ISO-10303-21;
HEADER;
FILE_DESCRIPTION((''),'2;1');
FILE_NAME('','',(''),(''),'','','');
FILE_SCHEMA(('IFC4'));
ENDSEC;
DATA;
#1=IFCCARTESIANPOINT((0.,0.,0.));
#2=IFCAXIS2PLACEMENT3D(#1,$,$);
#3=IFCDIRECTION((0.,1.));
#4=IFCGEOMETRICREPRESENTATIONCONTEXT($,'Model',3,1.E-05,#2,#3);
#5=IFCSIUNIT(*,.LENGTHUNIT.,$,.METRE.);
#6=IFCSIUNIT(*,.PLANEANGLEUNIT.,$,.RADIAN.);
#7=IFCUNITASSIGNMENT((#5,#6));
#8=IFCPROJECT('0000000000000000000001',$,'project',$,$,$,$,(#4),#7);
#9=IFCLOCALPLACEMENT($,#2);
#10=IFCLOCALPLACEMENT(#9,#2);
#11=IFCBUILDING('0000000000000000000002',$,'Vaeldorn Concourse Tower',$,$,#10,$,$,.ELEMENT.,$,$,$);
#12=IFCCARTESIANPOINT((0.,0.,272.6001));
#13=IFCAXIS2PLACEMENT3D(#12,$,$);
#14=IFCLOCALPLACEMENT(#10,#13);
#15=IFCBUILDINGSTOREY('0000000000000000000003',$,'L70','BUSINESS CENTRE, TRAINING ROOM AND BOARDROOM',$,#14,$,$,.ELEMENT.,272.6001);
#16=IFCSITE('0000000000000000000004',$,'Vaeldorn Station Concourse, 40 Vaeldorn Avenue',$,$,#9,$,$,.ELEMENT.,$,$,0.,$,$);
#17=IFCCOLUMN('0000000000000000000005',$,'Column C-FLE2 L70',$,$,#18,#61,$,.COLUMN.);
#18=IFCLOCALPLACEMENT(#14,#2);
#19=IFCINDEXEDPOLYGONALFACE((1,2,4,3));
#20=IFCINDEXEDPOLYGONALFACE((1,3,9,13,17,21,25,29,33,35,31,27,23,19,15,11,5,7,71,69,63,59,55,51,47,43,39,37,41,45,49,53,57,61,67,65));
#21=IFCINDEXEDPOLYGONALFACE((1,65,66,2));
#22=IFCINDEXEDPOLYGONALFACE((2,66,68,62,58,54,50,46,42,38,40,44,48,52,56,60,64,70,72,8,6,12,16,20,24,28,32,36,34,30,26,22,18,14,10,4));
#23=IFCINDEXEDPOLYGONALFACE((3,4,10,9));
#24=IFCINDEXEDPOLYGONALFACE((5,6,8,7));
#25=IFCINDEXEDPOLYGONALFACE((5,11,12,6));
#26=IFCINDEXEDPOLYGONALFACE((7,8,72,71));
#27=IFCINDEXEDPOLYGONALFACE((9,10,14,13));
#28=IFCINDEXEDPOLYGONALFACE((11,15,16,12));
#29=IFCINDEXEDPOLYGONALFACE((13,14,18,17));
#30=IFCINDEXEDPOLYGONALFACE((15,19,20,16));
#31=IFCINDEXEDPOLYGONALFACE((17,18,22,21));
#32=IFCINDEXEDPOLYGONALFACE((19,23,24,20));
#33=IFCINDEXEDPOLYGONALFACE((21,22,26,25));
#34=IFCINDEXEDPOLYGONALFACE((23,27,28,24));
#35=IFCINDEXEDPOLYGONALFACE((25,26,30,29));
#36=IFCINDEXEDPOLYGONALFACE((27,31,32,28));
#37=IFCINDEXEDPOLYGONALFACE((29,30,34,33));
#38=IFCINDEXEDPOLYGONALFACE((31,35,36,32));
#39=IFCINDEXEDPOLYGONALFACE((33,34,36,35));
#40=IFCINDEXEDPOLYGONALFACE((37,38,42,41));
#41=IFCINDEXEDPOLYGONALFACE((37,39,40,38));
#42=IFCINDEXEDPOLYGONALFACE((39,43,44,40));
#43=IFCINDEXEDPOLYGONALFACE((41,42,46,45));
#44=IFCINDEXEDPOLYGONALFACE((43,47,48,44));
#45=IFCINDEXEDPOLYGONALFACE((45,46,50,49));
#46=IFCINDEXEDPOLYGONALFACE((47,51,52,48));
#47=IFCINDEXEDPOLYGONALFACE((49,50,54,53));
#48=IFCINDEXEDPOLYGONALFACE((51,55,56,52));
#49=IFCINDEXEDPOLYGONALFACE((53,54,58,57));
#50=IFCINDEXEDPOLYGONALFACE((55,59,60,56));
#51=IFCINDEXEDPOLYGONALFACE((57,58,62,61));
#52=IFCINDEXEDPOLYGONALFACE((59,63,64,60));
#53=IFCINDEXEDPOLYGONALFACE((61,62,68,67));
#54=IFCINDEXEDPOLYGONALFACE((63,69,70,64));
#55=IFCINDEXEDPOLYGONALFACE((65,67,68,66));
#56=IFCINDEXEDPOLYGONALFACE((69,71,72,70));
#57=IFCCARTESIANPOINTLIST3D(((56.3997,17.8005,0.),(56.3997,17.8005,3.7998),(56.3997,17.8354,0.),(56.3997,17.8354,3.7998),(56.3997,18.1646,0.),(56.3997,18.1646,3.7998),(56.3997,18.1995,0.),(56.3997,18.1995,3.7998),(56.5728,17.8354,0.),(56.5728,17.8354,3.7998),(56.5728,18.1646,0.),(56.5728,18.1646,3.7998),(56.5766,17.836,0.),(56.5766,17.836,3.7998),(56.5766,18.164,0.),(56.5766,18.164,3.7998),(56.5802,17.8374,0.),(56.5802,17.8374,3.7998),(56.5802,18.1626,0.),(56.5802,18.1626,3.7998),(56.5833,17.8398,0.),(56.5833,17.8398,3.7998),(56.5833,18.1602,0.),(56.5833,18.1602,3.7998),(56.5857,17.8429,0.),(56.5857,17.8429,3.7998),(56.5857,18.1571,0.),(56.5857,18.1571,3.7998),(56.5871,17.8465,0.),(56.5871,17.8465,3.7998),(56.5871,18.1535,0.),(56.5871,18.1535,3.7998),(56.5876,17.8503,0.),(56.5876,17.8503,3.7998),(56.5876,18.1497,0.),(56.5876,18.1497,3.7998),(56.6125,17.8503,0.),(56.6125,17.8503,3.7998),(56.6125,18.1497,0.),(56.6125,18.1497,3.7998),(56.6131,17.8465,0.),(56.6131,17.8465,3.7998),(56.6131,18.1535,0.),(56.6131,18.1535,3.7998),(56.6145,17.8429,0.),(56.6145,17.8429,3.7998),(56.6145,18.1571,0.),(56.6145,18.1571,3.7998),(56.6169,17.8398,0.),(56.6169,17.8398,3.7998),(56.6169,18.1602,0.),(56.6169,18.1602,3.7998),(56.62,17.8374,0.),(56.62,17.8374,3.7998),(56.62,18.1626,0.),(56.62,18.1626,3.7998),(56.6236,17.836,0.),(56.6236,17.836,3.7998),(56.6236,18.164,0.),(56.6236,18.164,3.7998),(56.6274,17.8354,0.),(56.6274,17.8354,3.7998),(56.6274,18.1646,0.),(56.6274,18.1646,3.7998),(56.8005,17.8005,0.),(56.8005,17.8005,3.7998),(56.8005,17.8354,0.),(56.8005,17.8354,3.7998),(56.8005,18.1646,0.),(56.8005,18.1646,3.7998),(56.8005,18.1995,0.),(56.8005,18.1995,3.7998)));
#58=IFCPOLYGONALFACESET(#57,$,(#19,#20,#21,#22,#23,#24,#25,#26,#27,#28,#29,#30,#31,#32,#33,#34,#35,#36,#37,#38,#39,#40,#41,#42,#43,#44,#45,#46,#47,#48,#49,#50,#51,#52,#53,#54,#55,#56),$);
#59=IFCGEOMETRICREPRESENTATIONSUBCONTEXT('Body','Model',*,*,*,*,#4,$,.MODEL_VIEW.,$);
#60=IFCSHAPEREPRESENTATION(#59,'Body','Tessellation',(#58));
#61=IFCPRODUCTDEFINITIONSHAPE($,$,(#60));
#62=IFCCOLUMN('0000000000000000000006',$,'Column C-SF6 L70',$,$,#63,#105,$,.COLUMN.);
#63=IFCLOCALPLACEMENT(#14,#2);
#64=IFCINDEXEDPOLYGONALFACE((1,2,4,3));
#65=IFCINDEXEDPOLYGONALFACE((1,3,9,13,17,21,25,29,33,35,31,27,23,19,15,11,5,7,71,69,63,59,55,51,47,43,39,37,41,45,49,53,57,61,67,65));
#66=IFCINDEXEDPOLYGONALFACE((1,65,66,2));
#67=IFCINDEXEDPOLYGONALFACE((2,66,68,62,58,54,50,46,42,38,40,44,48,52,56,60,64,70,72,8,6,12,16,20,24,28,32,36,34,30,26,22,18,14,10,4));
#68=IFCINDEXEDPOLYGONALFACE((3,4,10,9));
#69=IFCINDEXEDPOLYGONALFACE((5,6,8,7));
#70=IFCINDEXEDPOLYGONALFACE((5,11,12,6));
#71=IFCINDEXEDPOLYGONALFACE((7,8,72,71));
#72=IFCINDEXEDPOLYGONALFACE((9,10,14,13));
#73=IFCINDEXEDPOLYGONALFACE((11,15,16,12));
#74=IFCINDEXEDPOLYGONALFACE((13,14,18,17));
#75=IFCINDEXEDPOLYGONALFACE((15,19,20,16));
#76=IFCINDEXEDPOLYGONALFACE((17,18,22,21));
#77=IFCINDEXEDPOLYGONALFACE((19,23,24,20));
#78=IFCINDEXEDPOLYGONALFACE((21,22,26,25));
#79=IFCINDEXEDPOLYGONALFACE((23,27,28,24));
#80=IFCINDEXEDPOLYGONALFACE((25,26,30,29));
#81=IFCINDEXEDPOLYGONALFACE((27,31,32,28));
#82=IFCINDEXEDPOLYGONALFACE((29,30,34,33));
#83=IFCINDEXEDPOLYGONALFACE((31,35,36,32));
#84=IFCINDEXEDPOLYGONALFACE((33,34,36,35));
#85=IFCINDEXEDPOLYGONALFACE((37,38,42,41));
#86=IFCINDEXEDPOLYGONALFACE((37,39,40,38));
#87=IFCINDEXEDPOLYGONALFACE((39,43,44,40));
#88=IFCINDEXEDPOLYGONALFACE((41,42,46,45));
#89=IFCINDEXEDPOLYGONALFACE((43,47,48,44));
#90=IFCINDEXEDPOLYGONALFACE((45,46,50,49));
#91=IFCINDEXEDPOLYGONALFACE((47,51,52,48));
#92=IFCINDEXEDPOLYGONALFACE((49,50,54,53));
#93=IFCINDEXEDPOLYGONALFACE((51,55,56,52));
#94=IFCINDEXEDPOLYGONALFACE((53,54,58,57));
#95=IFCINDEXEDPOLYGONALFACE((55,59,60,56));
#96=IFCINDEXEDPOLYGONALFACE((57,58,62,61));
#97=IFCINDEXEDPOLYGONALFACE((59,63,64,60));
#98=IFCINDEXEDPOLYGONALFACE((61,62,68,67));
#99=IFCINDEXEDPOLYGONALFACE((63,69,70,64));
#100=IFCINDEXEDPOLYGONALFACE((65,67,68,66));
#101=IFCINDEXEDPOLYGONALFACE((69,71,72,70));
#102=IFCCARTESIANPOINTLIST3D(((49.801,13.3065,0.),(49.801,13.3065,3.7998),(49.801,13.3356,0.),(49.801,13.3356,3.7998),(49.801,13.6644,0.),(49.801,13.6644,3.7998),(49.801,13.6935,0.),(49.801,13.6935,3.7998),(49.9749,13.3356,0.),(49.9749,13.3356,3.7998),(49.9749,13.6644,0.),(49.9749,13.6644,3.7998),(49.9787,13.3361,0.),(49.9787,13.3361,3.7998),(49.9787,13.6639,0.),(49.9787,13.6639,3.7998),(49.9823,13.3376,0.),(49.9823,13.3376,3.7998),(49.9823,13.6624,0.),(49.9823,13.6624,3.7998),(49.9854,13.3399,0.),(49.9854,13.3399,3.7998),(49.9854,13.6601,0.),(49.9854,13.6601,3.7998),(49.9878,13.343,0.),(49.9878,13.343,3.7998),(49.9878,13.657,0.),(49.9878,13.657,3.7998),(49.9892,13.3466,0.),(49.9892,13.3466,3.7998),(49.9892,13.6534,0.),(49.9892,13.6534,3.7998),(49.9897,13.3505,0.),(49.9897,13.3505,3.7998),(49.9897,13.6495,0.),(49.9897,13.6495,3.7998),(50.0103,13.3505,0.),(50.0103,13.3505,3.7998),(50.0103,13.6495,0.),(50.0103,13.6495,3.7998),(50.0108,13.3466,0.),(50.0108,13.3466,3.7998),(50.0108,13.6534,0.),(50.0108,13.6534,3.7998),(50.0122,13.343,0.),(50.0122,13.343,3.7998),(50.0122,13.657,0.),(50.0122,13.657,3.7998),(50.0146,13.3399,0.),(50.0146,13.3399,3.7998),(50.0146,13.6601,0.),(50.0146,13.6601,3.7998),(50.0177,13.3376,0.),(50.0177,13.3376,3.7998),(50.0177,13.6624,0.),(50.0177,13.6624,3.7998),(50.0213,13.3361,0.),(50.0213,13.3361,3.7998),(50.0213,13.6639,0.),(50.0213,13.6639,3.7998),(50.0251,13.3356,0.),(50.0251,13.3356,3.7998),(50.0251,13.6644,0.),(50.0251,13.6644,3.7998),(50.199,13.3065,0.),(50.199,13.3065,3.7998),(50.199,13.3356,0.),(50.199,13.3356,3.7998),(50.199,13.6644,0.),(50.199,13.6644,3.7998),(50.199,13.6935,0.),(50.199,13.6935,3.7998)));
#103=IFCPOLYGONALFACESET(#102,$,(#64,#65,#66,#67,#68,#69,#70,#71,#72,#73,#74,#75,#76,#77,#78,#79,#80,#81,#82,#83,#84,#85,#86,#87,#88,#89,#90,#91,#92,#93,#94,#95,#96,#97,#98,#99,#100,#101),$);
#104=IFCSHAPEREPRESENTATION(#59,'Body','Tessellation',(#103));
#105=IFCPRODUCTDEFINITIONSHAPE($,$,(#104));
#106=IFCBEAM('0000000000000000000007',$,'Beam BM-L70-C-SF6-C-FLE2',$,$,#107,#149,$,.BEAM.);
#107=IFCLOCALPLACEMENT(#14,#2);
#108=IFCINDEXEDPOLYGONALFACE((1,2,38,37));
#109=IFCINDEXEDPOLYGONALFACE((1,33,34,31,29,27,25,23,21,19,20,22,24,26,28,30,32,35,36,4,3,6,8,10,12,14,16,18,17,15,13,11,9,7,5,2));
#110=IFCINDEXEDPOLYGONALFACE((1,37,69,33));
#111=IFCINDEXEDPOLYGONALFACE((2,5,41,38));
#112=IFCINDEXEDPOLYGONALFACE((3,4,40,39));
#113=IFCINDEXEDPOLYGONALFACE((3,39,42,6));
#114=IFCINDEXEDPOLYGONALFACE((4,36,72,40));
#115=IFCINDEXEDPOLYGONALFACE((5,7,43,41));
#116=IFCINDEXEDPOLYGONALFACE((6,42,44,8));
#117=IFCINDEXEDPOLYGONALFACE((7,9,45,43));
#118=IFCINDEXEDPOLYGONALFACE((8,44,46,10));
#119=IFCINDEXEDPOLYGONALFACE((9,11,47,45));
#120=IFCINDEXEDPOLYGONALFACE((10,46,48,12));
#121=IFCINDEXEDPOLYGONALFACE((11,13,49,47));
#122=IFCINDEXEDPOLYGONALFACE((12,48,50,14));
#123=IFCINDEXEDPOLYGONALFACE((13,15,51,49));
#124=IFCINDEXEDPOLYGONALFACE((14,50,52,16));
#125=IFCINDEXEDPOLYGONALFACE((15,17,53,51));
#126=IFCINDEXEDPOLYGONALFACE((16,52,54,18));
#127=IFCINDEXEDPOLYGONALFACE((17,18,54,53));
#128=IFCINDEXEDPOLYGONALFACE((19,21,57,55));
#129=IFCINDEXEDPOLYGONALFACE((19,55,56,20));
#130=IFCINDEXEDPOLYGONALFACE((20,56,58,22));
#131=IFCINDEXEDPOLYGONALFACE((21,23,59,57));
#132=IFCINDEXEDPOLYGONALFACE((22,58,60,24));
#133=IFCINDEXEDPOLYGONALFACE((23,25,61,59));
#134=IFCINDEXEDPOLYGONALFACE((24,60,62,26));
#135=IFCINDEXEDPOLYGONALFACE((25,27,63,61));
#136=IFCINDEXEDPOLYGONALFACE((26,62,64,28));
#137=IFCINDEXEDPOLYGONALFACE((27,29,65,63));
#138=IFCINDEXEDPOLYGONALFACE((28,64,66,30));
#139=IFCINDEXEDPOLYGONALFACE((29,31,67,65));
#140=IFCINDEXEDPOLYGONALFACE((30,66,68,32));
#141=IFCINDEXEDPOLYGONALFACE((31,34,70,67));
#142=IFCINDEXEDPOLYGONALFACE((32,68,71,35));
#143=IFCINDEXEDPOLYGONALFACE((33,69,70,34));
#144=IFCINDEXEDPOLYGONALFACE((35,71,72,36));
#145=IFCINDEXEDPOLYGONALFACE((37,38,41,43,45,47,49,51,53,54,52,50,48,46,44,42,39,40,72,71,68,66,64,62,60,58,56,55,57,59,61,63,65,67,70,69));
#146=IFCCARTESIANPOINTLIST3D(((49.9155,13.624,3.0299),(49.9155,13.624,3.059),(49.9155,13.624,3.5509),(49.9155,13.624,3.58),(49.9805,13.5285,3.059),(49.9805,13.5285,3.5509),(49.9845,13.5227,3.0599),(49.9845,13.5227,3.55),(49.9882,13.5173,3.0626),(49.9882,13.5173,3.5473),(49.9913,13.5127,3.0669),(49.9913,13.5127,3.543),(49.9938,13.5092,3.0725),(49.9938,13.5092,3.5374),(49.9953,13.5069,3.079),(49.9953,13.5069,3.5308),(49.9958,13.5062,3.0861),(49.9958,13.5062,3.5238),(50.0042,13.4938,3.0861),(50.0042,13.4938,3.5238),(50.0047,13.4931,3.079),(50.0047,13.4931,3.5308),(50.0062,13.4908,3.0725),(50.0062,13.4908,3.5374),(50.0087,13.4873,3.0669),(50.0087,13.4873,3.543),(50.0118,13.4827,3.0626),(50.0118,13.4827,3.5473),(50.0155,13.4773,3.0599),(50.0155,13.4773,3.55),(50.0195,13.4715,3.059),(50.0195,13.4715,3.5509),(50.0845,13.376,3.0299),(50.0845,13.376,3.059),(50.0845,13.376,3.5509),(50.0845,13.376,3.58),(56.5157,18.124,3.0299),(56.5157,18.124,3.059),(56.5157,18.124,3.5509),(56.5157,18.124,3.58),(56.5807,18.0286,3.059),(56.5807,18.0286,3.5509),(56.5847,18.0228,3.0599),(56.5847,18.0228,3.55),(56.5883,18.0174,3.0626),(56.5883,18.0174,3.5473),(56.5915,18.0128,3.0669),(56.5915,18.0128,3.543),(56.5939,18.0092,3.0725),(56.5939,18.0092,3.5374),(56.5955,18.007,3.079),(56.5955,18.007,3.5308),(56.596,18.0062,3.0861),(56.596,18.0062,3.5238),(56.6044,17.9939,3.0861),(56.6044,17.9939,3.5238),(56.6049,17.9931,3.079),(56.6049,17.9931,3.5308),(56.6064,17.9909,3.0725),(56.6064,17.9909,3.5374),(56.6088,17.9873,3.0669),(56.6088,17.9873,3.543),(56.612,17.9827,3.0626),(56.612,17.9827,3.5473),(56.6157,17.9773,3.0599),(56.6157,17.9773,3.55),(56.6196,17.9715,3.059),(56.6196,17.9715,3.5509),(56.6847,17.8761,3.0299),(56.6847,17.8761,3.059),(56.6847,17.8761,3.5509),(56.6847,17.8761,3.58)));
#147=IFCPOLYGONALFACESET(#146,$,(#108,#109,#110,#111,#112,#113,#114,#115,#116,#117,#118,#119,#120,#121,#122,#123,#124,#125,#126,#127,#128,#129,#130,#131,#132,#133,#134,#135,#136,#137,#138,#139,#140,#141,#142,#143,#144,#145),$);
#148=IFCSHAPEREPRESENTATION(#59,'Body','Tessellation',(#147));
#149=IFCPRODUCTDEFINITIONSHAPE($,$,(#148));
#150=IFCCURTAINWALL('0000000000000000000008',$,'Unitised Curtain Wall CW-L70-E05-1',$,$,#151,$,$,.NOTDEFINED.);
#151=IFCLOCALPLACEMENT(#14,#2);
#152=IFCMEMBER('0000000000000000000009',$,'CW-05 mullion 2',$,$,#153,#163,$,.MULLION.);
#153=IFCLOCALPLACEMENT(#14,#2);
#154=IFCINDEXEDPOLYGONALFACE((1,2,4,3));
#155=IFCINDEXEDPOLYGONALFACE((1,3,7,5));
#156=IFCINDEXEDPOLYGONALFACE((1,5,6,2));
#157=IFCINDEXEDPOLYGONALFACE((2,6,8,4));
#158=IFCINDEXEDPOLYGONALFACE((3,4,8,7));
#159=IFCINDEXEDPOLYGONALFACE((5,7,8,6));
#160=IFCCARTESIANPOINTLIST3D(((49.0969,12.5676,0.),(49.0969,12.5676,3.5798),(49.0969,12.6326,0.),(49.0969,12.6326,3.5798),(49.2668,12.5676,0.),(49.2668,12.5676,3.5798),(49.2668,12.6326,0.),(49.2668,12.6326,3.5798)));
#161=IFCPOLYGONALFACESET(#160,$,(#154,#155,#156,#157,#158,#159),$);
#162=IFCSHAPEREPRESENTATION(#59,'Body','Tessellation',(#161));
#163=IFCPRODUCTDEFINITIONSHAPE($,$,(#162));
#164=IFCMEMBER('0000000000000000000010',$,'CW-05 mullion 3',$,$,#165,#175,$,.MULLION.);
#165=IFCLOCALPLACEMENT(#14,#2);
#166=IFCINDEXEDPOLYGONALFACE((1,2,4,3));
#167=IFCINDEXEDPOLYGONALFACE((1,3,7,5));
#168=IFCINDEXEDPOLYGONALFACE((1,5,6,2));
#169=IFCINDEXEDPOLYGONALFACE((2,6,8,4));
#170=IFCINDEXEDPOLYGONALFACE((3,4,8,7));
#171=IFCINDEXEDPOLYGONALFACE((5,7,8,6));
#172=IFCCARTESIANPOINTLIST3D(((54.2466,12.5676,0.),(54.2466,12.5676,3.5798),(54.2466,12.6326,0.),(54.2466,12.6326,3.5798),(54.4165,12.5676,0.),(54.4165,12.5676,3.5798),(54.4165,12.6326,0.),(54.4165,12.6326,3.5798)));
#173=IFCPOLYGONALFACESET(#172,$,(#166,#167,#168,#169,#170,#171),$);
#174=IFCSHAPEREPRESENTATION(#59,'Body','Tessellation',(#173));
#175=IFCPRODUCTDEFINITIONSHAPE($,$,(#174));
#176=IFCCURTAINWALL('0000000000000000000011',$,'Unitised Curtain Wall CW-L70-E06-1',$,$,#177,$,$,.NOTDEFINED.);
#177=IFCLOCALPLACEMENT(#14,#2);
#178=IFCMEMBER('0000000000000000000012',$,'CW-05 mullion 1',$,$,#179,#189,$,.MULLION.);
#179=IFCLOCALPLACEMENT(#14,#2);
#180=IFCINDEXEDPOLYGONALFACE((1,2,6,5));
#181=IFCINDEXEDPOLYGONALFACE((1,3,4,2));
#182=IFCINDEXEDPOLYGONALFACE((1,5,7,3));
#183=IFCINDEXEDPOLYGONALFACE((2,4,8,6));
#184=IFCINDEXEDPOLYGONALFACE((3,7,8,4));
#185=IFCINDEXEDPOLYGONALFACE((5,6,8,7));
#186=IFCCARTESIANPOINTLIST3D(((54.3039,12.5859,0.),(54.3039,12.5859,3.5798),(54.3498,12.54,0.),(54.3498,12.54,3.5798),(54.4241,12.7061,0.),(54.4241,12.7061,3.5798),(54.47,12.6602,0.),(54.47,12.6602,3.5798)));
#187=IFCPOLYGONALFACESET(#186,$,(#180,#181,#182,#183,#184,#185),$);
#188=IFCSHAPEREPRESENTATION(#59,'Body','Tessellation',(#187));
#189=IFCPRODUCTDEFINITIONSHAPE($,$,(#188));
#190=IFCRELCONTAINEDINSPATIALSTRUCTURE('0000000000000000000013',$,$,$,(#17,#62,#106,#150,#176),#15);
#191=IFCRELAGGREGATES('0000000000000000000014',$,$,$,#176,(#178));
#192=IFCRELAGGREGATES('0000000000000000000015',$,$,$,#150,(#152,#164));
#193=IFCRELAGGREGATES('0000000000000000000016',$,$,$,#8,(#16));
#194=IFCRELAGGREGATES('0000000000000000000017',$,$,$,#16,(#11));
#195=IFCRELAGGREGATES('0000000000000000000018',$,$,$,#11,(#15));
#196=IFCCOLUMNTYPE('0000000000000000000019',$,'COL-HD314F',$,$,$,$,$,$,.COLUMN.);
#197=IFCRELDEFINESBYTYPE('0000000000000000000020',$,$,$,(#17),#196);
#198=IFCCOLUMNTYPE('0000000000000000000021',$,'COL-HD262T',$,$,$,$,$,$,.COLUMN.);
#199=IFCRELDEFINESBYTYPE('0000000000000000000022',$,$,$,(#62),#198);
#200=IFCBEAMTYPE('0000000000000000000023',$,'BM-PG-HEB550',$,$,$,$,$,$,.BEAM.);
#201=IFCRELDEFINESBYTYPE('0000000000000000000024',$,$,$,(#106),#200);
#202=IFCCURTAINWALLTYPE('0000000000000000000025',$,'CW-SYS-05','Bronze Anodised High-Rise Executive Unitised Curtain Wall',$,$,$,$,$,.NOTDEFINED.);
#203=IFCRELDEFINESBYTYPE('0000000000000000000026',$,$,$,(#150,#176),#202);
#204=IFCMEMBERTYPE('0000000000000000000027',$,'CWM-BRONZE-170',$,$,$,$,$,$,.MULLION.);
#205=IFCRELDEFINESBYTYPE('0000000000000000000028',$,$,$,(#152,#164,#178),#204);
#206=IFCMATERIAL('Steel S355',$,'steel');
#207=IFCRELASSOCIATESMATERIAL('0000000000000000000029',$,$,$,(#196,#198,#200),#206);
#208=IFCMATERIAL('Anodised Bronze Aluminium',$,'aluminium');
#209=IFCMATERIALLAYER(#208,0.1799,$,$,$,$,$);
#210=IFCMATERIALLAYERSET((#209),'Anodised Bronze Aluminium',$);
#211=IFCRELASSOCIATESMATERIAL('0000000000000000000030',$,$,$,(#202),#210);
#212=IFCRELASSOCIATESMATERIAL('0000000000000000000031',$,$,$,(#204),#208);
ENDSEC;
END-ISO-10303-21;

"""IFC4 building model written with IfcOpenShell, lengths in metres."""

from ifc_helpers import new_model, si_unit, direction, frame, origin, origin_2d, place, context, subcontext, project, spatial, rectangle, i_section, extrude, source, transform, mapped, material, layer, layer_set, material_profile, profile_set, type_object, element, aggregate, save


model = new_model("IFC4")

# Units and contexts
model_context = context("Model", 3, precision=1e-05, world=origin(), true_north=direction((0.0, 1.0)))
body_context = subcontext(model_context, "Body", "Model", "MODEL_VIEW")
ifc_project = project(units=[si_unit("LENGTHUNIT", "METRE"), si_unit("PLANEANGLEUNIT", "RADIAN")], contexts=[model_context])

# Site, building, storey
site_placement = place(None, origin())
site = spatial("IfcSite", under=ifc_project, at=site_placement, Name="Vaeldorn Station Concourse, 40 Vaeldorn Avenue", CompositionType="ELEMENT", RefElevation=0.0)
building_placement = place(site_placement, origin())
building = spatial("IfcBuilding", under=site, at=building_placement, Name="Vaeldorn Concourse Tower", CompositionType="ELEMENT")
storey_placement = place(building_placement, frame((0.0, 0.0, 272.6001)))
storey = spatial("IfcBuildingStorey", under=building, at=storey_placement, Name="L70", Description="BUSINESS CENTRE, TRAINING ROOM AND BOARDROOM", CompositionType="ELEMENT", Elevation=272.6001)

# Columns
ifc_material_1 = material(Name="Steel S355", Category="steel")
ifc_material_profile_1 = material_profile(ifc_material_1, i_section(OverallWidth=0.4009, OverallDepth=0.3989, WebThickness=0.0249, FlangeThickness=0.0349, FilletRadius=0.0149, at=origin_2d()), Name="HD 400x314")
ifc_profile_set_1 = profile_set([ifc_material_profile_1], Name="Steel S355")
column_type_1 = type_object("IfcColumnType", Name="COL-HD314F", PredefinedType="COLUMN", material=ifc_profile_set_1)
shared_shape_1 = source(origin(), body_context, "Body", "SweptSolid", [
    extrude(i_section(OverallWidth=0.4009, OverallDepth=0.3989, WebThickness=0.0249, FlangeThickness=0.0349, FilletRadius=0.0149, at=origin_2d()), origin(), (0.0, 0.0, 1.0), 3.7998),
])
column_1_placement = place(storey_placement, frame((56.6001, 18.0, 0.0), z_axis=(0.0, 0.0, 1.0), x_axis=(1.0, 0.0, 0.0)))
element("IfcColumn", 1, at=column_1_placement, inside=storey, type_object=column_type_1, Name="Column C-FLE2 L70", PredefinedType="COLUMN", context=body_context, shape_type="MappedRepresentation", body=[
    mapped(shared_shape_1, transform((0.0, 0.0, 0.0), scale=1.0)),
])
ifc_material_profile_2 = material_profile(ifc_material_1, i_section(OverallWidth=0.3979, OverallDepth=0.387, WebThickness=0.0205, FlangeThickness=0.0291, FilletRadius=0.0149, at=origin_2d()), Name="HD 400x262")
ifc_profile_set_2 = profile_set([ifc_material_profile_2], Name="Steel S355")
column_type_2 = type_object("IfcColumnType", Name="COL-HD262T", PredefinedType="COLUMN", material=ifc_profile_set_2)
shared_shape_2 = source(origin(), body_context, "Body", "SweptSolid", [
    extrude(i_section(OverallWidth=0.3979, OverallDepth=0.387, WebThickness=0.0205, FlangeThickness=0.0291, FilletRadius=0.0149, at=origin_2d()), origin(), (0.0, 0.0, 1.0), 3.7998),
])
column_2_placement = place(storey_placement, frame((50.0, 13.5, 0.0), z_axis=(0.0, 0.0, 1.0), x_axis=(1.0, 0.0, 0.0)))
element("IfcColumn", 2, at=column_2_placement, inside=storey, type_object=column_type_2, Name="Column C-SF6 L70", PredefinedType="COLUMN", context=body_context, shape_type="MappedRepresentation", body=[
    mapped(shared_shape_2, transform((0.0, 0.0, 0.0), scale=1.0)),
])

# Beam
ifc_material_profile_3 = material_profile(ifc_material_1, i_section(OverallWidth=0.3, OverallDepth=0.55, WebThickness=0.0149, FlangeThickness=0.0291, FilletRadius=0.0271, at=origin_2d()), Name="HEB 550")
ifc_profile_set_3 = profile_set([ifc_material_profile_3], Name="Steel S355")
beam_type = type_object("IfcBeamType", Name="BM-PG-HEB550", PredefinedType="BEAM", material=ifc_profile_set_3)
shared_shape_3 = source(origin(), body_context, "Body", "SweptSolid", [
    extrude(i_section(OverallWidth=0.3, OverallDepth=0.55, WebThickness=0.0149, FlangeThickness=0.0291, FilletRadius=0.0271, at=origin_2d()), origin(), (0.0, 0.0, 1.0), 7.9883),
])
beam_placement = place(storey_placement, frame((50.0, 13.5, 3.3049), z_axis=(0.826231, 0.563331, 0.0), x_axis=(-0.563331, 0.826231, 0.0)))
element("IfcBeam", 3, at=beam_placement, inside=storey, type_object=beam_type, Name="Beam BM-L70-C-SF6-C-FLE2", PredefinedType="BEAM", context=body_context, shape_type="MappedRepresentation", body=[
    mapped(shared_shape_3, transform((0.0, 0.0, 0.0), scale=1.0)),
])

# Curtain walls, members
ifc_material_2 = material(Name="Anodised Bronze Aluminium", Category="aluminium")
ifc_layer_1 = layer(ifc_material_2, 0.1799)
ifc_layer_set_1 = layer_set([ifc_layer_1], Name="Anodised Bronze Aluminium")
curtain_wall_type = type_object("IfcCurtainWallType", Name="CW-SYS-05", Description="Bronze Anodised High-Rise Executive Unitised Curtain Wall", PredefinedType="NOTDEFINED", material=ifc_layer_set_1)
curtain_wall_1_placement = place(storey_placement, origin())
curtain_wall_1 = element("IfcCurtainWall", 4, at=curtain_wall_1_placement, inside=storey, type_object=curtain_wall_type, Name="Unitised Curtain Wall CW-L70-E05-1", PredefinedType="NOTDEFINED")
ifc_material_profile_4 = material_profile(ifc_material_2, rectangle(XDim=0.0649, YDim=0.1699, at=origin_2d()), Name="CWM 65x170")
ifc_profile_set_4 = profile_set([ifc_material_profile_4], Name="Anodised Bronze Aluminium")
member_type_1 = type_object("IfcMemberType", Name="CWM-BRONZE-170", PredefinedType="MULLION", material=ifc_profile_set_4)
shared_shape_4 = source(origin(), body_context, "Body", "SweptSolid", [
    extrude(rectangle(XDim=0.0649, YDim=0.1699, at=origin_2d()), origin(), (0.0, 0.0, 1.0), 3.5798),
])
member_1_placement = place(storey_placement, frame((49.1819, 12.6001, 0.0), z_axis=(0.0, 0.0, 1.0), x_axis=(0.0, 1.0, 0.0)))
member_1 = element("IfcMember", 5, at=member_1_placement, type_object=member_type_1, Name="CW-05 mullion 2", PredefinedType="MULLION", context=body_context, shape_type="MappedRepresentation", body=[
    mapped(shared_shape_4, transform((0.0, 0.0, 0.0), scale=1.0)),
])
member_2_placement = place(storey_placement, frame((54.3315, 12.6001, 0.0), z_axis=(0.0, 0.0, 1.0), x_axis=(0.0, 1.0, 0.0)))
member_2 = element("IfcMember", 6, at=member_2_placement, type_object=member_type_1, Name="CW-05 mullion 3", PredefinedType="MULLION", context=body_context, shape_type="MappedRepresentation", body=[
    mapped(shared_shape_4, transform((0.0, 0.0, 0.0), scale=1.0)),
])
curtain_wall_2_placement = place(storey_placement, origin())
curtain_wall_2 = element("IfcCurtainWall", 7, at=curtain_wall_2_placement, inside=storey, type_object=curtain_wall_type, Name="Unitised Curtain Wall CW-L70-E06-1", PredefinedType="NOTDEFINED")
member_3_placement = place(storey_placement, frame((54.387, 12.623, 0.0), z_axis=(0.0, 0.0, 1.0), x_axis=(-0.707107, 0.707107, 0.0)))
member_3 = element("IfcMember", 8, at=member_3_placement, type_object=member_type_1, Name="CW-05 mullion 1", PredefinedType="MULLION", context=body_context, shape_type="MappedRepresentation", body=[
    mapped(shared_shape_4, transform((0.0, 0.0, 0.0), scale=1.0)),
])

aggregate(curtain_wall_2, [member_3])
aggregate(curtain_wall_1, [member_1, member_2])

save(model, "model.ifc")
